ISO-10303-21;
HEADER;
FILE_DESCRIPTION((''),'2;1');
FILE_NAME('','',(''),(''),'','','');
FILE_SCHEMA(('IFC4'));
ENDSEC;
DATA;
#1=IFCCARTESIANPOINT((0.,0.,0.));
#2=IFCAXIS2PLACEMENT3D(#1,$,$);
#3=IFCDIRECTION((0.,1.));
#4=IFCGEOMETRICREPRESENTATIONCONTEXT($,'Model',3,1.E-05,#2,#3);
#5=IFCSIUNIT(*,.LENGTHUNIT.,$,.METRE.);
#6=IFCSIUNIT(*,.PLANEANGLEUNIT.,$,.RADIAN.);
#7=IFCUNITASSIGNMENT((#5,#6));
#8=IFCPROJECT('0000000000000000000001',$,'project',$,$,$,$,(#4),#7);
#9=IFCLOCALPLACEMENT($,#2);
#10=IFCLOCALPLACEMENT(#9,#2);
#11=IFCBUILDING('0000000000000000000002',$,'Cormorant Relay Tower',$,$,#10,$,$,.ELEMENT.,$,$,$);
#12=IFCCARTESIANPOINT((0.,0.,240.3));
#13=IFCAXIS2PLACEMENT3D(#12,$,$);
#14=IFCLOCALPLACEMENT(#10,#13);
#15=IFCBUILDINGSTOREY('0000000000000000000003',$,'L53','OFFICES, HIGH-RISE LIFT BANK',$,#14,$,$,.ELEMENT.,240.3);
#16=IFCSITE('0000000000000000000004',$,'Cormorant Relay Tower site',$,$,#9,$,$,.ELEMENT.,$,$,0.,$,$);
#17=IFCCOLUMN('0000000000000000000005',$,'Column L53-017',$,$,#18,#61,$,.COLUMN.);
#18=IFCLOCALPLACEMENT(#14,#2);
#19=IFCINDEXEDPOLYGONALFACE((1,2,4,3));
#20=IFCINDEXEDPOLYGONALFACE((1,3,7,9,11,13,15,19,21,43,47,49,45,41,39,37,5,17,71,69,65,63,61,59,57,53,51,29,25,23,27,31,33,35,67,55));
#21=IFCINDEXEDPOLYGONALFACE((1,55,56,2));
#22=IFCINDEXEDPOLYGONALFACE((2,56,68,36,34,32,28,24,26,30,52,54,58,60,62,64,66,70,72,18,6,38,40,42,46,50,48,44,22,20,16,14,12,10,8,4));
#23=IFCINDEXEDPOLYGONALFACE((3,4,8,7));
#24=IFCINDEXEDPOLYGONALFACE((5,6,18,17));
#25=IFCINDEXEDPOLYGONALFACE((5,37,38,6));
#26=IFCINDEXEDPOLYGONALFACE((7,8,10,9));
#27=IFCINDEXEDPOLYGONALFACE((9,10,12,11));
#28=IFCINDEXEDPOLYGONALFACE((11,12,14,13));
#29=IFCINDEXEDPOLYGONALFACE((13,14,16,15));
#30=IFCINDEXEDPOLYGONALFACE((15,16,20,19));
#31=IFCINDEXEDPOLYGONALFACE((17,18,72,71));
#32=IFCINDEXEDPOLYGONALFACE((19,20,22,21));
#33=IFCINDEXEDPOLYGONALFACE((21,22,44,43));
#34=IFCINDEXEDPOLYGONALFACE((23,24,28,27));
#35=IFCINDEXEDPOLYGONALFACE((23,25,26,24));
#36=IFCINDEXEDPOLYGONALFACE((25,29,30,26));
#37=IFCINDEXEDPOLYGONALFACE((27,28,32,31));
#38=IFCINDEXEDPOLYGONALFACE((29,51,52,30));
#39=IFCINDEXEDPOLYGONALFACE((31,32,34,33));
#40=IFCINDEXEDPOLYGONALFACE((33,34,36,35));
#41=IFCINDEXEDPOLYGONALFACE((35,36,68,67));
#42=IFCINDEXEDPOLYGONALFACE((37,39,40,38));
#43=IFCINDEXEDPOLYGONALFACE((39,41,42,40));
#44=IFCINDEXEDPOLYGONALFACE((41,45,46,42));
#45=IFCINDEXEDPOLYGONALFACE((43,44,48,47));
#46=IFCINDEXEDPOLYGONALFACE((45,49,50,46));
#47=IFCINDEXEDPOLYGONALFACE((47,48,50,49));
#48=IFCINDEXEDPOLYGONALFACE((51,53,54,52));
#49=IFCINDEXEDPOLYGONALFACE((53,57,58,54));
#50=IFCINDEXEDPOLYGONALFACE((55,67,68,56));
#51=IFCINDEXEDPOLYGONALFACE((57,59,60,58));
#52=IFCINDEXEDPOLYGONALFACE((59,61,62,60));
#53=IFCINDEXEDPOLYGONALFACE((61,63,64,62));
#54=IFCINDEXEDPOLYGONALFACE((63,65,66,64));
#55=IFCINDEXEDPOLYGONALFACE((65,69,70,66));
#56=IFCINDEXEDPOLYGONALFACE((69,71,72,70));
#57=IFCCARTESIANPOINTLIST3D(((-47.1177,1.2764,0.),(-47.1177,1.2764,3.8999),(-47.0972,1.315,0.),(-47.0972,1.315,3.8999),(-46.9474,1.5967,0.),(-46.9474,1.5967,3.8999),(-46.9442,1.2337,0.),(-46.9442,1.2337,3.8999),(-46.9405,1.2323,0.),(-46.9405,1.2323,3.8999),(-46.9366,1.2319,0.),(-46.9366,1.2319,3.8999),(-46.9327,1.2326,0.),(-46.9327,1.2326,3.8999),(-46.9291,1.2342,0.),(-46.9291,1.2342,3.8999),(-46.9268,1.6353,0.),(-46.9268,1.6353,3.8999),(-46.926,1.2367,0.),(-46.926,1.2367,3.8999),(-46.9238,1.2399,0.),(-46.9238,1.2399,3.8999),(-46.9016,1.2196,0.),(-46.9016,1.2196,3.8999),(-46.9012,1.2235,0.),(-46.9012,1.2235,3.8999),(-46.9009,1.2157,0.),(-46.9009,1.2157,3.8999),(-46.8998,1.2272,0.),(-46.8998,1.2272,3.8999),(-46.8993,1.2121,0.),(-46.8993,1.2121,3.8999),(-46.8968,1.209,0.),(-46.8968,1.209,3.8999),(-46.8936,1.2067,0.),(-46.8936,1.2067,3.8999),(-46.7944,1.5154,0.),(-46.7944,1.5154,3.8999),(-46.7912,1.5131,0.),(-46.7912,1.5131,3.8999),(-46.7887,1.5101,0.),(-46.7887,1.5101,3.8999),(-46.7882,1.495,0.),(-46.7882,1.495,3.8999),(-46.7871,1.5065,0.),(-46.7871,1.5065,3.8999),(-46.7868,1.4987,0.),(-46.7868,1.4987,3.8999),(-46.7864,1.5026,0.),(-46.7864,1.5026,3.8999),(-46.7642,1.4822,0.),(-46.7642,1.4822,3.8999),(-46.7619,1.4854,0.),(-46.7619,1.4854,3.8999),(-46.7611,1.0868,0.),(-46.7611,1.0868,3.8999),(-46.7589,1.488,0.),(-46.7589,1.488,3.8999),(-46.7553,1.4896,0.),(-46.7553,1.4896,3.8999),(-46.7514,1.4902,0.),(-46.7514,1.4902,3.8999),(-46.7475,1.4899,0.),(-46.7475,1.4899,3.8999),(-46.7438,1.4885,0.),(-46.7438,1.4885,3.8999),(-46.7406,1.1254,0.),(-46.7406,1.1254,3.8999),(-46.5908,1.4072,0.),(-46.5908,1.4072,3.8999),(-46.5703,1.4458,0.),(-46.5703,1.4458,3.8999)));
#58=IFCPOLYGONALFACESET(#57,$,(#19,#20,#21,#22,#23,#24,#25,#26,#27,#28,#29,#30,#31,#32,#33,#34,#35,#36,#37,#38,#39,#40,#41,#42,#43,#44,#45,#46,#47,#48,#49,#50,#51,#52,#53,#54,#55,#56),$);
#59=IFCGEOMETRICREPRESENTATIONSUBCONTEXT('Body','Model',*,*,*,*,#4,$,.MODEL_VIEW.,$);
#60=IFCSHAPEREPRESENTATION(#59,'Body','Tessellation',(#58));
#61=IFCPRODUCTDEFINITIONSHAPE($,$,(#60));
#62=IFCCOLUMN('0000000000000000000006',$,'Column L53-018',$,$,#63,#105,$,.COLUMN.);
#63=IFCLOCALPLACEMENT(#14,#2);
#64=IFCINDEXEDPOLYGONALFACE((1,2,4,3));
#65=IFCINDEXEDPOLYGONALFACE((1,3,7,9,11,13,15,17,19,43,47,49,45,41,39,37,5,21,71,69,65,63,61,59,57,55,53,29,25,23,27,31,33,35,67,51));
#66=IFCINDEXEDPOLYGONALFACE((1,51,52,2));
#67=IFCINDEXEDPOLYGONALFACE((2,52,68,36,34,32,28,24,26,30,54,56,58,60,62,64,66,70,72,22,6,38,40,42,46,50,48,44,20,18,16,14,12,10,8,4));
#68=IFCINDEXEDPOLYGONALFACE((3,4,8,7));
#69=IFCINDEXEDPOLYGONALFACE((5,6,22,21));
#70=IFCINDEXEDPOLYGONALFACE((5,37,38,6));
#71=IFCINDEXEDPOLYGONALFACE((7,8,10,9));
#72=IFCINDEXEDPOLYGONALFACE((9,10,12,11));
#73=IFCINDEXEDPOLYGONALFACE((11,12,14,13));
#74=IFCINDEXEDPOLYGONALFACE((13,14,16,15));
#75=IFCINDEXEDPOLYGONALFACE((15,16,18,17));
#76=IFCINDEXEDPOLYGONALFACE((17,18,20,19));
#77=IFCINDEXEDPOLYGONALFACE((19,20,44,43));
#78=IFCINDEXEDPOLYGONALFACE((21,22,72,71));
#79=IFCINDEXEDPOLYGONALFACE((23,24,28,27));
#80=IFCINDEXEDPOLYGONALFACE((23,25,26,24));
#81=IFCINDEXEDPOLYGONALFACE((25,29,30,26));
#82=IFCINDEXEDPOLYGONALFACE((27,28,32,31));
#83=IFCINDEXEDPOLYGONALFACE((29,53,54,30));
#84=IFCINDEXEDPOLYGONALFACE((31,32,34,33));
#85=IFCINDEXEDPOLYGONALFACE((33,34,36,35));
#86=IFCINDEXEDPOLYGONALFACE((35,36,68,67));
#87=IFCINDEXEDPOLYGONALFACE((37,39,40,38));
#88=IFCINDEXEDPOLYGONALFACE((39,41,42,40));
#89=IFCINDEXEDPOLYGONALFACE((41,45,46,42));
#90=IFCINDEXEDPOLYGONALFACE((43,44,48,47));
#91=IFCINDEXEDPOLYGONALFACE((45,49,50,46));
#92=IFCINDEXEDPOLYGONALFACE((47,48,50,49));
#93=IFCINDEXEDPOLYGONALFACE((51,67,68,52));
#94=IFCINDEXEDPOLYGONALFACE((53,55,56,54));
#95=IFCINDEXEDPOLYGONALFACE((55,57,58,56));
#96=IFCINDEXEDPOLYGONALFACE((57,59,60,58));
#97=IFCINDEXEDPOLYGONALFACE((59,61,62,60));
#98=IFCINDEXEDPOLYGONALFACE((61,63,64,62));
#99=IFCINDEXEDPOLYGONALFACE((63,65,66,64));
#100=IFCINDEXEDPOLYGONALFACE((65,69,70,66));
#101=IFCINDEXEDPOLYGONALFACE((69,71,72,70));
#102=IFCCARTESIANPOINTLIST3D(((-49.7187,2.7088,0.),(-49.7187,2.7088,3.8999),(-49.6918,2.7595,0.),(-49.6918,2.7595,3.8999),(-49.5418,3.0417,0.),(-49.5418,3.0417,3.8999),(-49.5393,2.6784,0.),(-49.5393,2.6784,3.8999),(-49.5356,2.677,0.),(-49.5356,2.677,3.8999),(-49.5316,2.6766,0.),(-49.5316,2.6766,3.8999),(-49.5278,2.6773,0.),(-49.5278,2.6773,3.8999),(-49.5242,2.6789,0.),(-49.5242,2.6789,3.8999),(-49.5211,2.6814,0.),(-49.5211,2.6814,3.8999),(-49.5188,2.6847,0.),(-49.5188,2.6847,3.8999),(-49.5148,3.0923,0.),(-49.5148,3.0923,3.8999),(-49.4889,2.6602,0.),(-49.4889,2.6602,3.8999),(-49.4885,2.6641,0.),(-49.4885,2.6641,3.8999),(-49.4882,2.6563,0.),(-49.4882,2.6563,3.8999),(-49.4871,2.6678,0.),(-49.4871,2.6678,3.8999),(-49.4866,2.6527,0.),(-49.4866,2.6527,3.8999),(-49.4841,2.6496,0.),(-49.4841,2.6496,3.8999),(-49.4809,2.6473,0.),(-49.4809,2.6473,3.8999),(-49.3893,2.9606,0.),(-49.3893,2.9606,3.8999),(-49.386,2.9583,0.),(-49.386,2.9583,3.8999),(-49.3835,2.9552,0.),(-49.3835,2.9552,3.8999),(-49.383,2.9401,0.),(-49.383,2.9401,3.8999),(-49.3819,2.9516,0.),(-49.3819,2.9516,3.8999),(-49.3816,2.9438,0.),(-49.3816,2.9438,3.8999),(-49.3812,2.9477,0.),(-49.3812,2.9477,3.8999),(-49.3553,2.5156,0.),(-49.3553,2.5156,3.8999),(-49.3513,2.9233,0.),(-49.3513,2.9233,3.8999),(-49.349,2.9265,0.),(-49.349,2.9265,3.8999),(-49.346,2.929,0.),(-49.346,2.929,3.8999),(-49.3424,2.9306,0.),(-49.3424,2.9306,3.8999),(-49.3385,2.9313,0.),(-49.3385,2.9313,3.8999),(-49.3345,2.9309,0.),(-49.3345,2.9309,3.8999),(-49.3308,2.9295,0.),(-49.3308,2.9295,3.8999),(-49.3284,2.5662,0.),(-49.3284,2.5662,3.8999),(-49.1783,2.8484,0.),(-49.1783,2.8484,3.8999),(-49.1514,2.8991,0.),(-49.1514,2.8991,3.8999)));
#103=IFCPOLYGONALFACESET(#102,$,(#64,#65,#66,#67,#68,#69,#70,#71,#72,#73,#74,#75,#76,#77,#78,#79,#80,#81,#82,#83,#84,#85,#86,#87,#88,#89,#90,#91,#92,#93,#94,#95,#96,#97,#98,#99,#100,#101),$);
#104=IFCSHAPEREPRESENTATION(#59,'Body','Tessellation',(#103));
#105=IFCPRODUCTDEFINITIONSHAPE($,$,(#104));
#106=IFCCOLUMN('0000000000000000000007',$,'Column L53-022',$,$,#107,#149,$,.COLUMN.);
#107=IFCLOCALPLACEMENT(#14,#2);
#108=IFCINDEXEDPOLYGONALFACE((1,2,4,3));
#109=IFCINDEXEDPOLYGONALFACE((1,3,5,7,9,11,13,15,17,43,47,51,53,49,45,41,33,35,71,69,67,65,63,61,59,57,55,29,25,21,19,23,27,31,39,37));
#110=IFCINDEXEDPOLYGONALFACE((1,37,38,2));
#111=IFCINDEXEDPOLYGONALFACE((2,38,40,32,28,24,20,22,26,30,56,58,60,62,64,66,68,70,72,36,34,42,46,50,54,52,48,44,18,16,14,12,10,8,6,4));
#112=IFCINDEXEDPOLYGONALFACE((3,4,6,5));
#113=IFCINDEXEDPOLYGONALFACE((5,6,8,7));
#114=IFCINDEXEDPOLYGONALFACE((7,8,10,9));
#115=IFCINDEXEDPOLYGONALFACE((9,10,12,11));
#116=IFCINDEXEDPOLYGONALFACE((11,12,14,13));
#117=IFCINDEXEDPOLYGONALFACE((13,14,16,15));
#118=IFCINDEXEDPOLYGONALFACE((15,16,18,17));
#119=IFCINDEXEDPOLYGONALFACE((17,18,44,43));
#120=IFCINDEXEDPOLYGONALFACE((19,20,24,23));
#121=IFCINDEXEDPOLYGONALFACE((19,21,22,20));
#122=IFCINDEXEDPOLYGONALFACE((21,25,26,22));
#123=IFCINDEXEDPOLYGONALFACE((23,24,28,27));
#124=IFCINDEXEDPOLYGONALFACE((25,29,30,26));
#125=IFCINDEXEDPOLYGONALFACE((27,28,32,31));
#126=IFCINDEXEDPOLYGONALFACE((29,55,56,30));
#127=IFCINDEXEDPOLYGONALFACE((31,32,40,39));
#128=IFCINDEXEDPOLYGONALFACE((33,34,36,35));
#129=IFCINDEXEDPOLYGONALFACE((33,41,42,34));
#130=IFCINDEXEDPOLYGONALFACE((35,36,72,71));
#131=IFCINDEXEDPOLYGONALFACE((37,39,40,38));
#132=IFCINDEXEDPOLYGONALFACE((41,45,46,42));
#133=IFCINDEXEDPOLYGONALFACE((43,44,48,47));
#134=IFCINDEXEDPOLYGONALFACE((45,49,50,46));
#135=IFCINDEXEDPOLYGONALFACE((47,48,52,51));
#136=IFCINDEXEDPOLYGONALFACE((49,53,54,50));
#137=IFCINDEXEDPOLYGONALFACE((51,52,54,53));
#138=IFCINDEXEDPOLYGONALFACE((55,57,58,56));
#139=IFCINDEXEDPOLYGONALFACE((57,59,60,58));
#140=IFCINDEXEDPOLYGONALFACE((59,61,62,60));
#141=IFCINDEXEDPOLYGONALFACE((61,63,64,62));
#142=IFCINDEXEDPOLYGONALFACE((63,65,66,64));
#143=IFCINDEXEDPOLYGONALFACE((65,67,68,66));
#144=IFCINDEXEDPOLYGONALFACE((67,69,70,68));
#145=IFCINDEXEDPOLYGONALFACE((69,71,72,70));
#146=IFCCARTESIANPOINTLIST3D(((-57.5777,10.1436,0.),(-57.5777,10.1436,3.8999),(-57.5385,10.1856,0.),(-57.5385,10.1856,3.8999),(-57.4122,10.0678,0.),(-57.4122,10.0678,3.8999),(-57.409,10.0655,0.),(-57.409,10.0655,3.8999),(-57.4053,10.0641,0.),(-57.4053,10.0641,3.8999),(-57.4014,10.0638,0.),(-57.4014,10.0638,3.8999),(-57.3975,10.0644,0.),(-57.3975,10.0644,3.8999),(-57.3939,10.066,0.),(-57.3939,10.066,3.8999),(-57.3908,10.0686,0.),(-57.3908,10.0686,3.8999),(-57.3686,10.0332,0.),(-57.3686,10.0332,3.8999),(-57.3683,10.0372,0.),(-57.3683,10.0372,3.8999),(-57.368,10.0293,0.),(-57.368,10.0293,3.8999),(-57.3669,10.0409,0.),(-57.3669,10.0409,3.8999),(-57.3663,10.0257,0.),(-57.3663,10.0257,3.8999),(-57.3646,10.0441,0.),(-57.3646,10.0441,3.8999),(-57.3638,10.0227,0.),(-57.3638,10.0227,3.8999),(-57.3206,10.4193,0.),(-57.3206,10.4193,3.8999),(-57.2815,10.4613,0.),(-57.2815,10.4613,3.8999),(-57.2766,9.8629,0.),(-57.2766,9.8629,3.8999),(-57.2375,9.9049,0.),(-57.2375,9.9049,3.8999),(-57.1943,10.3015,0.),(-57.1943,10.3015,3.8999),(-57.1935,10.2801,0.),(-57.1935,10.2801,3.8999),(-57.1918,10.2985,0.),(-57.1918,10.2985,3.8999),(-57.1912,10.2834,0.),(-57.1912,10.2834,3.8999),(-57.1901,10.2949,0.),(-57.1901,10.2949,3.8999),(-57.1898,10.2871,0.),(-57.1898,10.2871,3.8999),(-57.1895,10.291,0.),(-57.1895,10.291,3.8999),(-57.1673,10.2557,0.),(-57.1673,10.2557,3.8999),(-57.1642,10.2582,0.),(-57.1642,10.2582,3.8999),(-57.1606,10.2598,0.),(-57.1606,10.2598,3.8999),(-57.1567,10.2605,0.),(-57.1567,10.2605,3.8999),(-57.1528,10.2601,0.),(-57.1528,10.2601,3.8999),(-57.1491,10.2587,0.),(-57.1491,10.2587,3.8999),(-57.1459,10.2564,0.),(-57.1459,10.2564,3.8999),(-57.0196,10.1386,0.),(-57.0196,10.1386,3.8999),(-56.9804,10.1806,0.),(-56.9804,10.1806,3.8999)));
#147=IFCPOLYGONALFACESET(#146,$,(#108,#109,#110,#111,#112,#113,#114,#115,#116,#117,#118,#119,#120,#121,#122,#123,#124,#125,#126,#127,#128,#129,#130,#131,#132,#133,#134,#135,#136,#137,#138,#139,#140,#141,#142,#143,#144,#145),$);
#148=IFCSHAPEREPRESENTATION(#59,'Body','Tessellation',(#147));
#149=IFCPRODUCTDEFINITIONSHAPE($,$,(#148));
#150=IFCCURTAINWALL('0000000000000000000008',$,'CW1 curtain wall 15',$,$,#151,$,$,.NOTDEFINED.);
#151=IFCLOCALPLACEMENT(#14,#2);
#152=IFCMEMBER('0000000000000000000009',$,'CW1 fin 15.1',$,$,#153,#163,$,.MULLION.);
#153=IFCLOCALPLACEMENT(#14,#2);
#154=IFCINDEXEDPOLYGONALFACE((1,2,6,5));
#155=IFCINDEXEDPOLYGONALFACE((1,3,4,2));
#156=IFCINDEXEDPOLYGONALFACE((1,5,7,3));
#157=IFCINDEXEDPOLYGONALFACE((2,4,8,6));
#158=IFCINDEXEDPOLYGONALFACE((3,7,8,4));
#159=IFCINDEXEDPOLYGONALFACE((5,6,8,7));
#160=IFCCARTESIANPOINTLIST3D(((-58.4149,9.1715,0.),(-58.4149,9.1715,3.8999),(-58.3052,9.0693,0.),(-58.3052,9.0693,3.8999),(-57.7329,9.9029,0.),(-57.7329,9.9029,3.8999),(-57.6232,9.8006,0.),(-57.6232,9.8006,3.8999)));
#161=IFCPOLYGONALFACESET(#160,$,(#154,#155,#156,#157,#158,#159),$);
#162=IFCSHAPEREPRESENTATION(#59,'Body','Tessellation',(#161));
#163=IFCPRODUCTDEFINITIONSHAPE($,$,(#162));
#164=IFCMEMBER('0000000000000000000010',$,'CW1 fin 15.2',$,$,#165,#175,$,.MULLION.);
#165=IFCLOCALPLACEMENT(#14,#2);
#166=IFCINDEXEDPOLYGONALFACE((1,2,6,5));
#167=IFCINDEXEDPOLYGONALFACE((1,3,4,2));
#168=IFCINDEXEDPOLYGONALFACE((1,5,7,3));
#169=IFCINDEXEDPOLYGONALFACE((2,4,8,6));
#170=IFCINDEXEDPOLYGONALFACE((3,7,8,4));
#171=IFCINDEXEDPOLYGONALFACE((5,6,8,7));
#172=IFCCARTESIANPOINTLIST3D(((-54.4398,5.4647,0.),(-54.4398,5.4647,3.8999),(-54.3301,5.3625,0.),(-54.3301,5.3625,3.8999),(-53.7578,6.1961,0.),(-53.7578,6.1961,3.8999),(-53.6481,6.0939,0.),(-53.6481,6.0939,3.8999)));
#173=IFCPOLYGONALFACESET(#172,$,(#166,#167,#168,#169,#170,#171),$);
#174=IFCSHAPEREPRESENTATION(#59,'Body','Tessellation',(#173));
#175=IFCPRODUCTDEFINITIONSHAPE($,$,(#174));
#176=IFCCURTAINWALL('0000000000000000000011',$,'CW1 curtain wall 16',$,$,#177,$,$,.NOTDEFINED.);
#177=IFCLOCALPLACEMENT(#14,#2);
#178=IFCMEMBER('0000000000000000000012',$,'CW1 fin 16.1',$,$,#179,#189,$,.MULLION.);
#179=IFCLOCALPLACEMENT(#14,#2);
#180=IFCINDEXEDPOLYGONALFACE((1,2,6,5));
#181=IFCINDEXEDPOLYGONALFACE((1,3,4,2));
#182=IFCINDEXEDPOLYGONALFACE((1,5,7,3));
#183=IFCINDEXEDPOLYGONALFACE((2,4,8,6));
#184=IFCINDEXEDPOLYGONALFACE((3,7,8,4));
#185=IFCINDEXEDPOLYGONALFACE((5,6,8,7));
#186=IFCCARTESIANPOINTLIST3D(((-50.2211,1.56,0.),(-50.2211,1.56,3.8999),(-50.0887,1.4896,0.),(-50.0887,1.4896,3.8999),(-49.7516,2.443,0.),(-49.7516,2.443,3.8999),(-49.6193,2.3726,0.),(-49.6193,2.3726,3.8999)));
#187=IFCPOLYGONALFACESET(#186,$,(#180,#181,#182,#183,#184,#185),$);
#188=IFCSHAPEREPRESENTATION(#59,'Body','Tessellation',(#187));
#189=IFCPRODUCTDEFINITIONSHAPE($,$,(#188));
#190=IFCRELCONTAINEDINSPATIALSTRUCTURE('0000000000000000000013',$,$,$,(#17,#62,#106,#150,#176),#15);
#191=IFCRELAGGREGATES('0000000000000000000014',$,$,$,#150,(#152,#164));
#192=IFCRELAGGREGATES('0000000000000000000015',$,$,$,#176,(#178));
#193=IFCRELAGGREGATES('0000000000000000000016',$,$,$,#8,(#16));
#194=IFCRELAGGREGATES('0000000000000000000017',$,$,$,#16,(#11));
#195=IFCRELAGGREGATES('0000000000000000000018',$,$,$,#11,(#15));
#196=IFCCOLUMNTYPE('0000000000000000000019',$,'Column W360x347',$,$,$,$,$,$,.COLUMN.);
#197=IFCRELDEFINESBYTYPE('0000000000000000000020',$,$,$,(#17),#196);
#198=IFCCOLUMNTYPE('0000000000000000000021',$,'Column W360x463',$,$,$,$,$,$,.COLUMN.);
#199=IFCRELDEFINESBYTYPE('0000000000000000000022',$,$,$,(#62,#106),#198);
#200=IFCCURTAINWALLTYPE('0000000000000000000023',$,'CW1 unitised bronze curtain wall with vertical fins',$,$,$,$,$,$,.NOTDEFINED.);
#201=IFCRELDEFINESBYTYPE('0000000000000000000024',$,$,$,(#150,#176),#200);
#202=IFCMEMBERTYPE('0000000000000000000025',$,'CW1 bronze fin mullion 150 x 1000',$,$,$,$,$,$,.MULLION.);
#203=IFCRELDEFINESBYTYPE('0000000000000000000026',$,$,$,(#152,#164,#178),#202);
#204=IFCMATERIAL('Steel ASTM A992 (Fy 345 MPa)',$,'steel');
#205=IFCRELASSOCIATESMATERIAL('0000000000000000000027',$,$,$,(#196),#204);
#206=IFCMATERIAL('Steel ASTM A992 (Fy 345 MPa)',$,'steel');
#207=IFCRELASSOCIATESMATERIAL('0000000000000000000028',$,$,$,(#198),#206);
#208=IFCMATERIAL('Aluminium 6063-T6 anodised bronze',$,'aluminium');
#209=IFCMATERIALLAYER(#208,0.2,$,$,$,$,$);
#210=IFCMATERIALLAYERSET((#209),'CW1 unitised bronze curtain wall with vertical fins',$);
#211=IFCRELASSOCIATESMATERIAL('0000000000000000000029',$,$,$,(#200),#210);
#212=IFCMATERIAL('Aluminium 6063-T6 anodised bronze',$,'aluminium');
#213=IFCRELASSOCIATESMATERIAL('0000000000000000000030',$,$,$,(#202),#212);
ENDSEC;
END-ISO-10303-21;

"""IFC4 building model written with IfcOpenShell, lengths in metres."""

from ifc_helpers import new_model, si_unit, direction, frame, origin, origin_2d, place, context, subcontext, project, spatial, rectangle, i_section, extrude, material, layer, layer_set, material_profile, profile_set, type_object, element, aggregate, save


model = new_model("IFC4")

# Units and contexts
model_context = context("Model", 3, precision=1e-05, world=origin(), true_north=direction((0.0, 1.0)))
body_context = subcontext(model_context, "Body", "Model", "MODEL_VIEW")
ifc_project = project(units=[si_unit("LENGTHUNIT", "METRE"), si_unit("PLANEANGLEUNIT", "RADIAN")], contexts=[model_context])

# Site, building, storey
site_placement = place(None, origin())
site = spatial("IfcSite", under=ifc_project, at=site_placement, Name="Cormorant Relay Tower site", CompositionType="ELEMENT", RefElevation=0.0)
building_placement = place(site_placement, origin())
building = spatial("IfcBuilding", under=site, at=building_placement, Name="Cormorant Relay Tower", CompositionType="ELEMENT")
storey_placement = place(building_placement, frame((0.0, 0.0, 240.3)))
storey = spatial("IfcBuildingStorey", under=building, at=storey_placement, Name="L53", Description="OFFICES, HIGH-RISE LIFT BANK", CompositionType="ELEMENT", Elevation=240.3)

# Columns
ifc_material_1 = material(Name="Steel ASTM A992 (Fy 345 MPa)", Category="steel")
ifc_material_profile_1 = material_profile(ifc_material_1, i_section(OverallWidth=0.4038, OverallDepth=0.4065, WebThickness=0.0271, FlangeThickness=0.0437, FilletRadius=0.0151, at=origin_2d()), Name="W360x347")
ifc_profile_set_1 = profile_set([ifc_material_profile_1], Name="Steel ASTM A992 (Fy 345 MPa)")
column_type_1 = type_object("IfcColumnType", Name="Column W360x347", PredefinedType="COLUMN", material=ifc_profile_set_1)
column_placement = place(storey_placement, frame((-46.844, 1.3611, 0.0), z_axis=(0.0, 0.0, 1.0), x_axis=(0.882948, -0.469472, 0.0)))
element("IfcColumn", 1, at=column_placement, inside=storey, type_object=column_type_1, Name="Column L53-017", PredefinedType="COLUMN", context=body_context, shape_type="SweptSolid", body=[
    extrude(i_section(OverallWidth=0.4038, OverallDepth=0.4065, WebThickness=0.0271, FlangeThickness=0.0437, FilletRadius=0.0151, at=origin_2d()), origin(), (0.0, 0.0, 1.0), 3.8999),
])
ifc_material_2 = material(Name="Steel ASTM A992 (Fy 345 MPa)", Category="steel")
ifc_material_profile_2 = material_profile(ifc_material_2, i_section(OverallWidth=0.4116, OverallDepth=0.4343, WebThickness=0.0359, FlangeThickness=0.0574, FilletRadius=0.0151, at=origin_2d()), Name="W360x463")
ifc_profile_set_2 = profile_set([ifc_material_profile_2], Name="Steel ASTM A992 (Fy 345 MPa)")
column_type_2 = type_object("IfcColumnType", Name="Column W360x463", PredefinedType="COLUMN", material=ifc_profile_set_2)
for number, where, z_axis, x_axis, name in (
    (2, (-49.4351, 2.804, 0.0), (0.0, 0.0, 1.0), (0.882948, -0.469472, 0.0), "Column L53-018"),
    (3, (-57.2791, 10.1621, 0.0), (0.0, 0.0, 1.0), (0.731354, -0.681998, 0.0), "Column L53-022"),
):
    element("IfcColumn", number, at=place(storey_placement, frame(where, z_axis=z_axis, x_axis=x_axis)), inside=storey, type_object=column_type_2, Name=name, PredefinedType="COLUMN", context=body_context, shape_type="SweptSolid", body=[
        extrude(i_section(OverallWidth=0.4116, OverallDepth=0.4343, WebThickness=0.0359, FlangeThickness=0.0574, FilletRadius=0.0151, at=origin_2d()), origin(), (0.0, 0.0, 1.0), 3.8999),
    ])

# Curtain wall, members
ifc_material_3 = material(Name="Aluminium 6063-T6 anodised bronze", Category="aluminium")
ifc_layer_1 = layer(ifc_material_3, 0.2)
ifc_layer_set_1 = layer_set([ifc_layer_1], Name="CW1 unitised bronze curtain wall with vertical fins")
curtain_wall_type = type_object("IfcCurtainWallType", Name="CW1 unitised bronze curtain wall with vertical fins", PredefinedType="NOTDEFINED", material=ifc_layer_set_1)
curtain_wall_1_placement = place(storey_placement, origin())
curtain_wall_1 = element("IfcCurtainWall", 4, at=curtain_wall_1_placement, inside=storey, type_object=curtain_wall_type, Name="CW1 curtain wall 15", PredefinedType="NOTDEFINED")
ifc_material_4 = material(Name="Aluminium 6063-T6 anodised bronze", Category="aluminium")
ifc_material_profile_3 = material_profile(ifc_material_4, rectangle(XDim=0.1499, YDim=1.0, at=origin_2d()), Name="AL 150x1000")
ifc_profile_set_3 = profile_set([ifc_material_profile_3], Name="Aluminium 6063-T6 anodised bronze")
member_type_1 = type_object("IfcMemberType", Name="CW1 bronze fin mullion 150 x 1000", PredefinedType="MULLION", material=ifc_profile_set_3)
member_1_placement = place(storey_placement, frame((-58.019, 9.4861, 0.0), z_axis=(0.0, 0.0, 1.0), x_axis=(0.731354, -0.681998, 0.0)))
member_1 = element("IfcMember", 5, at=member_1_placement, type_object=member_type_1, Name="CW1 fin 15.1", PredefinedType="MULLION", context=body_context, shape_type="SweptSolid", body=[
    extrude(rectangle(XDim=0.1499, YDim=1.0, at=origin_2d()), origin(), (0.0, 0.0, 1.0), 3.8999),
])
member_2_placement = place(storey_placement, frame((-54.0439, 5.7793, 0.0), z_axis=(0.0, 0.0, 1.0), x_axis=(0.731354, -0.681998, 0.0)))
member_2 = element("IfcMember", 6, at=member_2_placement, type_object=member_type_1, Name="CW1 fin 15.2", PredefinedType="MULLION", context=body_context, shape_type="SweptSolid", body=[
    extrude(rectangle(XDim=0.1499, YDim=1.0, at=origin_2d()), origin(), (0.0, 0.0, 1.0), 3.8999),
])

# Curtain wall, member
curtain_wall_2_placement = place(storey_placement, origin())
curtain_wall_2 = element("IfcCurtainWall", 7, at=curtain_wall_2_placement, inside=storey, type_object=curtain_wall_type, Name="CW1 curtain wall 16", PredefinedType="NOTDEFINED")
member_3_placement = place(storey_placement, frame((-49.9202, 1.9663, 0.0), z_axis=(0.0, 0.0, 1.0), x_axis=(0.882948, -0.469472, 0.0)))
member_3 = element("IfcMember", 8, at=member_3_placement, type_object=member_type_1, Name="CW1 fin 16.1", PredefinedType="MULLION", context=body_context, shape_type="SweptSolid", body=[
    extrude(rectangle(XDim=0.1499, YDim=1.0, at=origin_2d()), origin(), (0.0, 0.0, 1.0), 3.8999),
])

aggregate(curtain_wall_1, [member_1, member_2])
aggregate(curtain_wall_2, [member_3])

save(model, "model.ifc")
